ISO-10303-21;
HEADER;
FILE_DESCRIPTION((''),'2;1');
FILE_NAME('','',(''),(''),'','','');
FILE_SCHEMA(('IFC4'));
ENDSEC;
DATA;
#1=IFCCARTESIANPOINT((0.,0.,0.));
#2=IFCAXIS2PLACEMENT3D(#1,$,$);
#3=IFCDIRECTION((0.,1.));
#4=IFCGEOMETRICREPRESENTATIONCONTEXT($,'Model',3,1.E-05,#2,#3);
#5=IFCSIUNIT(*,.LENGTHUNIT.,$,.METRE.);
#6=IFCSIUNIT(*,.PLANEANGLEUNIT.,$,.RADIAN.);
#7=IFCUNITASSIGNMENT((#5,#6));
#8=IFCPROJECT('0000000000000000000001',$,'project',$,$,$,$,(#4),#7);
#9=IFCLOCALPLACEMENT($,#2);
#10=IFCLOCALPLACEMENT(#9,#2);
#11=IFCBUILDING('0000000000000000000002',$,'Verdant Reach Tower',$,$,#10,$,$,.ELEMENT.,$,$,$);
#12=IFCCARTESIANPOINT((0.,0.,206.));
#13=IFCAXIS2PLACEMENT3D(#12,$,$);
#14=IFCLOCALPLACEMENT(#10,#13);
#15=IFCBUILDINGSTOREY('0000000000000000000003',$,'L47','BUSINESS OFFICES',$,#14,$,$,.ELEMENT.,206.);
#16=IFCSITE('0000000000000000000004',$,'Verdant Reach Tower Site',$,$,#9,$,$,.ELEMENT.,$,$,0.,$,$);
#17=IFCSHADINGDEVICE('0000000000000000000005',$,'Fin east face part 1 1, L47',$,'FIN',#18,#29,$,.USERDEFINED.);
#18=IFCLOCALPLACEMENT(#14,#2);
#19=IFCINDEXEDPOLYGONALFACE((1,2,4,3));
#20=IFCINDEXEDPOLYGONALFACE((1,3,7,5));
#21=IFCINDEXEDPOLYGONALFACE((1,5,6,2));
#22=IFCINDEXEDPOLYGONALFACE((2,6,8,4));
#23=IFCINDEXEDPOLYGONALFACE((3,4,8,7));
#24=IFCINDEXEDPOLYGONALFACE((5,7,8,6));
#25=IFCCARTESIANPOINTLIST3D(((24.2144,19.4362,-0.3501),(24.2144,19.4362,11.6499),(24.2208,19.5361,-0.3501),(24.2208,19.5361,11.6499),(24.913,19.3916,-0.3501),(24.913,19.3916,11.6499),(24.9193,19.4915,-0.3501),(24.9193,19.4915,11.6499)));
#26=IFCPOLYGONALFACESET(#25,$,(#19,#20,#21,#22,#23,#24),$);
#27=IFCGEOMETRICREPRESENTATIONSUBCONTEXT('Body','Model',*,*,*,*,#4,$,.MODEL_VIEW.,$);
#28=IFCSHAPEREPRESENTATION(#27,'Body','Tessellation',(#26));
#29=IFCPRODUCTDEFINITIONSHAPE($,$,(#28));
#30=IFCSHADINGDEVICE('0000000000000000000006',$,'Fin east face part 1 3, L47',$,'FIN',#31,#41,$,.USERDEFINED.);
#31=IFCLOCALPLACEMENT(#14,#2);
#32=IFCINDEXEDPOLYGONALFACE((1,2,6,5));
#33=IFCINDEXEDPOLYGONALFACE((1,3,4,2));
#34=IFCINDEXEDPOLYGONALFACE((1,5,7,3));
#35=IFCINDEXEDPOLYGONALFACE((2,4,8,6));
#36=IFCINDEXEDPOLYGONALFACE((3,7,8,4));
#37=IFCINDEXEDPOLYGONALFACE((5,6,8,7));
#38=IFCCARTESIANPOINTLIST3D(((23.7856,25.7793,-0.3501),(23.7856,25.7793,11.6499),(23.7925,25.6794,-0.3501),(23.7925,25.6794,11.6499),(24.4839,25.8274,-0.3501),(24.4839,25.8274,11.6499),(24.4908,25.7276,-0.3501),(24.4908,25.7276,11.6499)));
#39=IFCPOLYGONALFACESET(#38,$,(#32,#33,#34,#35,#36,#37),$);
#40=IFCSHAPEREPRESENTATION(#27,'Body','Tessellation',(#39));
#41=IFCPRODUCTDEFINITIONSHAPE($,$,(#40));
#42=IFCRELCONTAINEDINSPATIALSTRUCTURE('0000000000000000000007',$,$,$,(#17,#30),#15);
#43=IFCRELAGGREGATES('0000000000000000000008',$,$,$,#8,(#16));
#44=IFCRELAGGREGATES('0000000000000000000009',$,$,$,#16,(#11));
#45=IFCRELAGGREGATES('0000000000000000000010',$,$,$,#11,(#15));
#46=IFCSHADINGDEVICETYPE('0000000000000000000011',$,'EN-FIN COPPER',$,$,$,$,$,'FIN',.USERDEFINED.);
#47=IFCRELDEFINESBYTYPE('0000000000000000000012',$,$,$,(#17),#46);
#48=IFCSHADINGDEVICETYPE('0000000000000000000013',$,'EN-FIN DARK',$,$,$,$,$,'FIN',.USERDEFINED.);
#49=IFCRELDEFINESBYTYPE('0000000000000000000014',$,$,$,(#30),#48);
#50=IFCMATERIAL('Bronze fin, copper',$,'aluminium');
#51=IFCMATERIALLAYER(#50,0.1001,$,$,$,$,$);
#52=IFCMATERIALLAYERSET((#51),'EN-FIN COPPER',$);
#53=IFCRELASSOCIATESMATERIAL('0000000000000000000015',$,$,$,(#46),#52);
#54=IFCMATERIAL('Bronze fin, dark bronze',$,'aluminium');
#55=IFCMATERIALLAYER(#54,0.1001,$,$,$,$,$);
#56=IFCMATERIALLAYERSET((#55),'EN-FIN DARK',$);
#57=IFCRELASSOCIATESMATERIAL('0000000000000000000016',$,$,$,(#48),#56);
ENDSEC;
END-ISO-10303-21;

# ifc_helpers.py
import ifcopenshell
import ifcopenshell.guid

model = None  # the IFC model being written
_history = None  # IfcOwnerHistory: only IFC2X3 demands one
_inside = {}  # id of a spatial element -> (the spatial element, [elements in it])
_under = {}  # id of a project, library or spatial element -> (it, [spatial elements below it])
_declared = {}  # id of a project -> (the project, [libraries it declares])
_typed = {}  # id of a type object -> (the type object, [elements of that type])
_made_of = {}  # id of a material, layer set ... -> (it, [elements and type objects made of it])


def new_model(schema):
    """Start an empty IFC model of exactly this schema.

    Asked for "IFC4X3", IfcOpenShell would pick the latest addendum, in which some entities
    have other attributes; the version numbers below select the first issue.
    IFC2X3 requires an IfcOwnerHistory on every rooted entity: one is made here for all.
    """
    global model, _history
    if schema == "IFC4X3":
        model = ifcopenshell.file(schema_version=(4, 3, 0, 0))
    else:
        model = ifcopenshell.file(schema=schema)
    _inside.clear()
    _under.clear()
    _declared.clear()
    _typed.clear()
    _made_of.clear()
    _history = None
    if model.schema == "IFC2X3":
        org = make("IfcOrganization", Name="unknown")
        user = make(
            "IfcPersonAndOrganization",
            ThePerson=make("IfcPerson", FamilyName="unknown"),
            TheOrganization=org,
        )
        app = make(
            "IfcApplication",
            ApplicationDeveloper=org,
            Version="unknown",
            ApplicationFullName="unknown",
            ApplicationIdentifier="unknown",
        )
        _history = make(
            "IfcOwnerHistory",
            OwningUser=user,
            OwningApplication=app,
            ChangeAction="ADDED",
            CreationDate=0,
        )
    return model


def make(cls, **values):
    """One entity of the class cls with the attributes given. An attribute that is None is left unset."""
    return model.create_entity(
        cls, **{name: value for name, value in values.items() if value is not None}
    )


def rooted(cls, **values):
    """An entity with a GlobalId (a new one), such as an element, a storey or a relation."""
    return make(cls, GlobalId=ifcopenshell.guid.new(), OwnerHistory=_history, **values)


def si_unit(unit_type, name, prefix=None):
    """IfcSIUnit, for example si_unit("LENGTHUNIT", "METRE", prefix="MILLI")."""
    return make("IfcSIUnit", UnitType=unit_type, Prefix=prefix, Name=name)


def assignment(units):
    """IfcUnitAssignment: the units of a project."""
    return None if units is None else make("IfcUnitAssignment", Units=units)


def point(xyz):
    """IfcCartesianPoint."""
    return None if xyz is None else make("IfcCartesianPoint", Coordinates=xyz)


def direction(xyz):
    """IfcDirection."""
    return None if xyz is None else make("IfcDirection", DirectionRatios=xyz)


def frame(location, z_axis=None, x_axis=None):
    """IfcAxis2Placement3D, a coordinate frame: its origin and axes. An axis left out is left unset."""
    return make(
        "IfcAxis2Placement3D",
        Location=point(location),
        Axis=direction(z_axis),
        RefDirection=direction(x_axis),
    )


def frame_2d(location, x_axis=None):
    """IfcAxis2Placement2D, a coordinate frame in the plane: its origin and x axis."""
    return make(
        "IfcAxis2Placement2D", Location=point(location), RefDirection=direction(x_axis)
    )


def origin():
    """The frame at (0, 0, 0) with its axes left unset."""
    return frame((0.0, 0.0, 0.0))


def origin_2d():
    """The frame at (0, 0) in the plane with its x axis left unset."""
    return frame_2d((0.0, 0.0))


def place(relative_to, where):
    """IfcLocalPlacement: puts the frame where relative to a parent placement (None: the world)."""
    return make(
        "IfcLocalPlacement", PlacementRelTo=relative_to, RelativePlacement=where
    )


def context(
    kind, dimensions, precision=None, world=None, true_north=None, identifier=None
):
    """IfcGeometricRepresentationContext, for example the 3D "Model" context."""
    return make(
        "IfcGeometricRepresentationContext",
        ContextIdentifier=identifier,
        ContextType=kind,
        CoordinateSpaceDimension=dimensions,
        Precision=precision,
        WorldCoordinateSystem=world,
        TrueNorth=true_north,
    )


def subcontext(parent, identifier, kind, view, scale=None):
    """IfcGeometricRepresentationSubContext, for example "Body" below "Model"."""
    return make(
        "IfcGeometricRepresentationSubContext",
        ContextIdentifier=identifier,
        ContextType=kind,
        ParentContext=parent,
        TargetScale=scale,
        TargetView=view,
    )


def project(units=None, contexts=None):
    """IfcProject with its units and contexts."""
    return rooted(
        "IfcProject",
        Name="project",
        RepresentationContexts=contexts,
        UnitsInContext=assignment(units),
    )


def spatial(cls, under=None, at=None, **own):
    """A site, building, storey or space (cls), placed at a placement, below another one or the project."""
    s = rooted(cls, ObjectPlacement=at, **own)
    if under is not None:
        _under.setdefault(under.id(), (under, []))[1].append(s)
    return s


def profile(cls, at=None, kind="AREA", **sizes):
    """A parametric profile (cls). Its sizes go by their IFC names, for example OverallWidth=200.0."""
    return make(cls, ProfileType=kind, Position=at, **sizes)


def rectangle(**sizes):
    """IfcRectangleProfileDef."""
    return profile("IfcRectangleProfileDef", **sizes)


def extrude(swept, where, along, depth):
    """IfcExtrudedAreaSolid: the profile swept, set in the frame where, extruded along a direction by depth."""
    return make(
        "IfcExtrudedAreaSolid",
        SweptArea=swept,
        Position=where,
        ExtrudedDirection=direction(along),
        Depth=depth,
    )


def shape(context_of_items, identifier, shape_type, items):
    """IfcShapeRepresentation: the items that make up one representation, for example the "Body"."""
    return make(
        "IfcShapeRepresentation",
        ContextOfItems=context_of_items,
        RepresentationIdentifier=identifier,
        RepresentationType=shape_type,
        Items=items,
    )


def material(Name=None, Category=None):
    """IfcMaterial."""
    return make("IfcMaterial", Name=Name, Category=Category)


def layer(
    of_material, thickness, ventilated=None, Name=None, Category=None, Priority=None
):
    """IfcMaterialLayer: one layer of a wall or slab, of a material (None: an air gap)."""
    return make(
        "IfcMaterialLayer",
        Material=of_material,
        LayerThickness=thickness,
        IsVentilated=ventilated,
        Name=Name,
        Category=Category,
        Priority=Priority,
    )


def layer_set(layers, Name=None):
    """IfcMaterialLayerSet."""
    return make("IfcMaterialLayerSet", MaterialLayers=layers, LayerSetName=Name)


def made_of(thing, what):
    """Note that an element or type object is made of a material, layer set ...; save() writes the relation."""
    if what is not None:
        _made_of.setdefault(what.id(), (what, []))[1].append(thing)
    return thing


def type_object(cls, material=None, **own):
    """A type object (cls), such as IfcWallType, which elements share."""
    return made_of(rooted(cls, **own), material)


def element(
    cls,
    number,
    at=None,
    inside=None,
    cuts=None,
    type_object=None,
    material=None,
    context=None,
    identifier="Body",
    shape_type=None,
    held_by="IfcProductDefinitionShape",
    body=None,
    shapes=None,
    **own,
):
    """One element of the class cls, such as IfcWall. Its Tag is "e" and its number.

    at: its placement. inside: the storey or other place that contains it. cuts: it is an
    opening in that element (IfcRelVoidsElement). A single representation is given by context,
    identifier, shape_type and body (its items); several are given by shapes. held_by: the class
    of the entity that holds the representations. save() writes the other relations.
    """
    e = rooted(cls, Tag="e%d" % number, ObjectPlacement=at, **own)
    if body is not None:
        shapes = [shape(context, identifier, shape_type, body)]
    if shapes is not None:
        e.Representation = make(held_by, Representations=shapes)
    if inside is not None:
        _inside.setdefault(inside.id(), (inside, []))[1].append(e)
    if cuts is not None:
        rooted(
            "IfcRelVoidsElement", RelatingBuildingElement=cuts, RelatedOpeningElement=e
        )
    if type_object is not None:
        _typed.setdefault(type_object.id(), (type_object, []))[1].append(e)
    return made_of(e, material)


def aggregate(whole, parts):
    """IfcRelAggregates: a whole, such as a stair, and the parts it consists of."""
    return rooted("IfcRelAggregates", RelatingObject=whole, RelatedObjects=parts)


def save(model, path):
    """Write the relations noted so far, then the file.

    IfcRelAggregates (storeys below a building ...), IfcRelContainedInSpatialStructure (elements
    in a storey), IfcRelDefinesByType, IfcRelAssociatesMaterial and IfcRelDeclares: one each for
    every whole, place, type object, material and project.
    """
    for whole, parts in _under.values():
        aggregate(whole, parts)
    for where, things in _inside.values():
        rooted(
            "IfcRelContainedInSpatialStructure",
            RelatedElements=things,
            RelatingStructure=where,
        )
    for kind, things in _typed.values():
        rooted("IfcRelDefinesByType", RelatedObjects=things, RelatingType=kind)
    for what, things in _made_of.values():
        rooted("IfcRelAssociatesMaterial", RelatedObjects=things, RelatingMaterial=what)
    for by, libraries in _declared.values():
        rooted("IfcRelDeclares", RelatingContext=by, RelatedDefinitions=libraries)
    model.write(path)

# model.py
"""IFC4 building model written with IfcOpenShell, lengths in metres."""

from ifc_helpers import new_model, si_unit, direction, frame, origin, origin_2d, place, context, subcontext, project, spatial, rectangle, extrude, material, layer, layer_set, type_object, element, save


model = new_model("IFC4")

# Units and contexts
model_context = context("Model", 3, precision=1e-05, world=origin(), true_north=direction((0.0, 1.0)))
body_context = subcontext(model_context, "Body", "Model", "MODEL_VIEW")
ifc_project = project(units=[si_unit("LENGTHUNIT", "METRE"), si_unit("PLANEANGLEUNIT", "RADIAN")], contexts=[model_context])

# Site, building, storey
site_placement = place(None, origin())
site = spatial("IfcSite", under=ifc_project, at=site_placement, Name="Verdant Reach Tower Site", CompositionType="ELEMENT", RefElevation=0.0)
building_placement = place(site_placement, origin())
building = spatial("IfcBuilding", under=site, at=building_placement, Name="Verdant Reach Tower", CompositionType="ELEMENT")
storey_placement = place(building_placement, frame((0.0, 0.0, 206.0)))
storey = spatial("IfcBuildingStorey", under=building, at=storey_placement, Name="L47", Description="BUSINESS OFFICES", CompositionType="ELEMENT", Elevation=206.0)

# Shading devices
ifc_material_1 = material(Name="Bronze fin, copper", Category="aluminium")
ifc_layer_1 = layer(ifc_material_1, 0.1001)
ifc_layer_set_1 = layer_set([ifc_layer_1], Name="EN-FIN COPPER")
shading_device_type_1 = type_object("IfcShadingDeviceType", Name="EN-FIN COPPER", ElementType="FIN", PredefinedType="USERDEFINED", material=ifc_layer_set_1)
shading_device_1_placement = place(storey_placement, frame((24.5669, 19.4639, -0.3501), z_axis=(0.0, 0.0, 1.0), x_axis=(0.063699, 0.997969, 0.0)))
element("IfcShadingDevice", 1, at=shading_device_1_placement, inside=storey, type_object=shading_device_type_1, Name="Fin east face part 1 1, L47", ObjectType="FIN", PredefinedType="USERDEFINED", context=body_context, shape_type="SweptSolid", body=[
    extrude(rectangle(XDim=0.1001, YDim=0.7, at=origin_2d()), origin(), (0.0, 0.0, 1.0), 12.0),
])
ifc_material_2 = material(Name="Bronze fin, dark bronze", Category="aluminium")
ifc_layer_2 = layer(ifc_material_2, 0.1001)
ifc_layer_set_2 = layer_set([ifc_layer_2], Name="EN-FIN DARK")
shading_device_type_2 = type_object("IfcShadingDeviceType", Name="EN-FIN DARK", ElementType="FIN", PredefinedType="USERDEFINED", material=ifc_layer_set_2)
shading_device_2_placement = place(storey_placement, frame((24.1382, 25.7534, -0.3501), z_axis=(0.0, 0.0, 1.0), x_axis=(-0.068802, 0.99763, 0.0)))
element("IfcShadingDevice", 2, at=shading_device_2_placement, inside=storey, type_object=shading_device_type_2, Name="Fin east face part 1 3, L47", ObjectType="FIN", PredefinedType="USERDEFINED", context=body_context, shape_type="SweptSolid", body=[
    extrude(rectangle(XDim=0.1001, YDim=0.7, at=origin_2d()), origin(), (0.0, 0.0, 1.0), 12.0),
])

save(model, "model.ifc")
